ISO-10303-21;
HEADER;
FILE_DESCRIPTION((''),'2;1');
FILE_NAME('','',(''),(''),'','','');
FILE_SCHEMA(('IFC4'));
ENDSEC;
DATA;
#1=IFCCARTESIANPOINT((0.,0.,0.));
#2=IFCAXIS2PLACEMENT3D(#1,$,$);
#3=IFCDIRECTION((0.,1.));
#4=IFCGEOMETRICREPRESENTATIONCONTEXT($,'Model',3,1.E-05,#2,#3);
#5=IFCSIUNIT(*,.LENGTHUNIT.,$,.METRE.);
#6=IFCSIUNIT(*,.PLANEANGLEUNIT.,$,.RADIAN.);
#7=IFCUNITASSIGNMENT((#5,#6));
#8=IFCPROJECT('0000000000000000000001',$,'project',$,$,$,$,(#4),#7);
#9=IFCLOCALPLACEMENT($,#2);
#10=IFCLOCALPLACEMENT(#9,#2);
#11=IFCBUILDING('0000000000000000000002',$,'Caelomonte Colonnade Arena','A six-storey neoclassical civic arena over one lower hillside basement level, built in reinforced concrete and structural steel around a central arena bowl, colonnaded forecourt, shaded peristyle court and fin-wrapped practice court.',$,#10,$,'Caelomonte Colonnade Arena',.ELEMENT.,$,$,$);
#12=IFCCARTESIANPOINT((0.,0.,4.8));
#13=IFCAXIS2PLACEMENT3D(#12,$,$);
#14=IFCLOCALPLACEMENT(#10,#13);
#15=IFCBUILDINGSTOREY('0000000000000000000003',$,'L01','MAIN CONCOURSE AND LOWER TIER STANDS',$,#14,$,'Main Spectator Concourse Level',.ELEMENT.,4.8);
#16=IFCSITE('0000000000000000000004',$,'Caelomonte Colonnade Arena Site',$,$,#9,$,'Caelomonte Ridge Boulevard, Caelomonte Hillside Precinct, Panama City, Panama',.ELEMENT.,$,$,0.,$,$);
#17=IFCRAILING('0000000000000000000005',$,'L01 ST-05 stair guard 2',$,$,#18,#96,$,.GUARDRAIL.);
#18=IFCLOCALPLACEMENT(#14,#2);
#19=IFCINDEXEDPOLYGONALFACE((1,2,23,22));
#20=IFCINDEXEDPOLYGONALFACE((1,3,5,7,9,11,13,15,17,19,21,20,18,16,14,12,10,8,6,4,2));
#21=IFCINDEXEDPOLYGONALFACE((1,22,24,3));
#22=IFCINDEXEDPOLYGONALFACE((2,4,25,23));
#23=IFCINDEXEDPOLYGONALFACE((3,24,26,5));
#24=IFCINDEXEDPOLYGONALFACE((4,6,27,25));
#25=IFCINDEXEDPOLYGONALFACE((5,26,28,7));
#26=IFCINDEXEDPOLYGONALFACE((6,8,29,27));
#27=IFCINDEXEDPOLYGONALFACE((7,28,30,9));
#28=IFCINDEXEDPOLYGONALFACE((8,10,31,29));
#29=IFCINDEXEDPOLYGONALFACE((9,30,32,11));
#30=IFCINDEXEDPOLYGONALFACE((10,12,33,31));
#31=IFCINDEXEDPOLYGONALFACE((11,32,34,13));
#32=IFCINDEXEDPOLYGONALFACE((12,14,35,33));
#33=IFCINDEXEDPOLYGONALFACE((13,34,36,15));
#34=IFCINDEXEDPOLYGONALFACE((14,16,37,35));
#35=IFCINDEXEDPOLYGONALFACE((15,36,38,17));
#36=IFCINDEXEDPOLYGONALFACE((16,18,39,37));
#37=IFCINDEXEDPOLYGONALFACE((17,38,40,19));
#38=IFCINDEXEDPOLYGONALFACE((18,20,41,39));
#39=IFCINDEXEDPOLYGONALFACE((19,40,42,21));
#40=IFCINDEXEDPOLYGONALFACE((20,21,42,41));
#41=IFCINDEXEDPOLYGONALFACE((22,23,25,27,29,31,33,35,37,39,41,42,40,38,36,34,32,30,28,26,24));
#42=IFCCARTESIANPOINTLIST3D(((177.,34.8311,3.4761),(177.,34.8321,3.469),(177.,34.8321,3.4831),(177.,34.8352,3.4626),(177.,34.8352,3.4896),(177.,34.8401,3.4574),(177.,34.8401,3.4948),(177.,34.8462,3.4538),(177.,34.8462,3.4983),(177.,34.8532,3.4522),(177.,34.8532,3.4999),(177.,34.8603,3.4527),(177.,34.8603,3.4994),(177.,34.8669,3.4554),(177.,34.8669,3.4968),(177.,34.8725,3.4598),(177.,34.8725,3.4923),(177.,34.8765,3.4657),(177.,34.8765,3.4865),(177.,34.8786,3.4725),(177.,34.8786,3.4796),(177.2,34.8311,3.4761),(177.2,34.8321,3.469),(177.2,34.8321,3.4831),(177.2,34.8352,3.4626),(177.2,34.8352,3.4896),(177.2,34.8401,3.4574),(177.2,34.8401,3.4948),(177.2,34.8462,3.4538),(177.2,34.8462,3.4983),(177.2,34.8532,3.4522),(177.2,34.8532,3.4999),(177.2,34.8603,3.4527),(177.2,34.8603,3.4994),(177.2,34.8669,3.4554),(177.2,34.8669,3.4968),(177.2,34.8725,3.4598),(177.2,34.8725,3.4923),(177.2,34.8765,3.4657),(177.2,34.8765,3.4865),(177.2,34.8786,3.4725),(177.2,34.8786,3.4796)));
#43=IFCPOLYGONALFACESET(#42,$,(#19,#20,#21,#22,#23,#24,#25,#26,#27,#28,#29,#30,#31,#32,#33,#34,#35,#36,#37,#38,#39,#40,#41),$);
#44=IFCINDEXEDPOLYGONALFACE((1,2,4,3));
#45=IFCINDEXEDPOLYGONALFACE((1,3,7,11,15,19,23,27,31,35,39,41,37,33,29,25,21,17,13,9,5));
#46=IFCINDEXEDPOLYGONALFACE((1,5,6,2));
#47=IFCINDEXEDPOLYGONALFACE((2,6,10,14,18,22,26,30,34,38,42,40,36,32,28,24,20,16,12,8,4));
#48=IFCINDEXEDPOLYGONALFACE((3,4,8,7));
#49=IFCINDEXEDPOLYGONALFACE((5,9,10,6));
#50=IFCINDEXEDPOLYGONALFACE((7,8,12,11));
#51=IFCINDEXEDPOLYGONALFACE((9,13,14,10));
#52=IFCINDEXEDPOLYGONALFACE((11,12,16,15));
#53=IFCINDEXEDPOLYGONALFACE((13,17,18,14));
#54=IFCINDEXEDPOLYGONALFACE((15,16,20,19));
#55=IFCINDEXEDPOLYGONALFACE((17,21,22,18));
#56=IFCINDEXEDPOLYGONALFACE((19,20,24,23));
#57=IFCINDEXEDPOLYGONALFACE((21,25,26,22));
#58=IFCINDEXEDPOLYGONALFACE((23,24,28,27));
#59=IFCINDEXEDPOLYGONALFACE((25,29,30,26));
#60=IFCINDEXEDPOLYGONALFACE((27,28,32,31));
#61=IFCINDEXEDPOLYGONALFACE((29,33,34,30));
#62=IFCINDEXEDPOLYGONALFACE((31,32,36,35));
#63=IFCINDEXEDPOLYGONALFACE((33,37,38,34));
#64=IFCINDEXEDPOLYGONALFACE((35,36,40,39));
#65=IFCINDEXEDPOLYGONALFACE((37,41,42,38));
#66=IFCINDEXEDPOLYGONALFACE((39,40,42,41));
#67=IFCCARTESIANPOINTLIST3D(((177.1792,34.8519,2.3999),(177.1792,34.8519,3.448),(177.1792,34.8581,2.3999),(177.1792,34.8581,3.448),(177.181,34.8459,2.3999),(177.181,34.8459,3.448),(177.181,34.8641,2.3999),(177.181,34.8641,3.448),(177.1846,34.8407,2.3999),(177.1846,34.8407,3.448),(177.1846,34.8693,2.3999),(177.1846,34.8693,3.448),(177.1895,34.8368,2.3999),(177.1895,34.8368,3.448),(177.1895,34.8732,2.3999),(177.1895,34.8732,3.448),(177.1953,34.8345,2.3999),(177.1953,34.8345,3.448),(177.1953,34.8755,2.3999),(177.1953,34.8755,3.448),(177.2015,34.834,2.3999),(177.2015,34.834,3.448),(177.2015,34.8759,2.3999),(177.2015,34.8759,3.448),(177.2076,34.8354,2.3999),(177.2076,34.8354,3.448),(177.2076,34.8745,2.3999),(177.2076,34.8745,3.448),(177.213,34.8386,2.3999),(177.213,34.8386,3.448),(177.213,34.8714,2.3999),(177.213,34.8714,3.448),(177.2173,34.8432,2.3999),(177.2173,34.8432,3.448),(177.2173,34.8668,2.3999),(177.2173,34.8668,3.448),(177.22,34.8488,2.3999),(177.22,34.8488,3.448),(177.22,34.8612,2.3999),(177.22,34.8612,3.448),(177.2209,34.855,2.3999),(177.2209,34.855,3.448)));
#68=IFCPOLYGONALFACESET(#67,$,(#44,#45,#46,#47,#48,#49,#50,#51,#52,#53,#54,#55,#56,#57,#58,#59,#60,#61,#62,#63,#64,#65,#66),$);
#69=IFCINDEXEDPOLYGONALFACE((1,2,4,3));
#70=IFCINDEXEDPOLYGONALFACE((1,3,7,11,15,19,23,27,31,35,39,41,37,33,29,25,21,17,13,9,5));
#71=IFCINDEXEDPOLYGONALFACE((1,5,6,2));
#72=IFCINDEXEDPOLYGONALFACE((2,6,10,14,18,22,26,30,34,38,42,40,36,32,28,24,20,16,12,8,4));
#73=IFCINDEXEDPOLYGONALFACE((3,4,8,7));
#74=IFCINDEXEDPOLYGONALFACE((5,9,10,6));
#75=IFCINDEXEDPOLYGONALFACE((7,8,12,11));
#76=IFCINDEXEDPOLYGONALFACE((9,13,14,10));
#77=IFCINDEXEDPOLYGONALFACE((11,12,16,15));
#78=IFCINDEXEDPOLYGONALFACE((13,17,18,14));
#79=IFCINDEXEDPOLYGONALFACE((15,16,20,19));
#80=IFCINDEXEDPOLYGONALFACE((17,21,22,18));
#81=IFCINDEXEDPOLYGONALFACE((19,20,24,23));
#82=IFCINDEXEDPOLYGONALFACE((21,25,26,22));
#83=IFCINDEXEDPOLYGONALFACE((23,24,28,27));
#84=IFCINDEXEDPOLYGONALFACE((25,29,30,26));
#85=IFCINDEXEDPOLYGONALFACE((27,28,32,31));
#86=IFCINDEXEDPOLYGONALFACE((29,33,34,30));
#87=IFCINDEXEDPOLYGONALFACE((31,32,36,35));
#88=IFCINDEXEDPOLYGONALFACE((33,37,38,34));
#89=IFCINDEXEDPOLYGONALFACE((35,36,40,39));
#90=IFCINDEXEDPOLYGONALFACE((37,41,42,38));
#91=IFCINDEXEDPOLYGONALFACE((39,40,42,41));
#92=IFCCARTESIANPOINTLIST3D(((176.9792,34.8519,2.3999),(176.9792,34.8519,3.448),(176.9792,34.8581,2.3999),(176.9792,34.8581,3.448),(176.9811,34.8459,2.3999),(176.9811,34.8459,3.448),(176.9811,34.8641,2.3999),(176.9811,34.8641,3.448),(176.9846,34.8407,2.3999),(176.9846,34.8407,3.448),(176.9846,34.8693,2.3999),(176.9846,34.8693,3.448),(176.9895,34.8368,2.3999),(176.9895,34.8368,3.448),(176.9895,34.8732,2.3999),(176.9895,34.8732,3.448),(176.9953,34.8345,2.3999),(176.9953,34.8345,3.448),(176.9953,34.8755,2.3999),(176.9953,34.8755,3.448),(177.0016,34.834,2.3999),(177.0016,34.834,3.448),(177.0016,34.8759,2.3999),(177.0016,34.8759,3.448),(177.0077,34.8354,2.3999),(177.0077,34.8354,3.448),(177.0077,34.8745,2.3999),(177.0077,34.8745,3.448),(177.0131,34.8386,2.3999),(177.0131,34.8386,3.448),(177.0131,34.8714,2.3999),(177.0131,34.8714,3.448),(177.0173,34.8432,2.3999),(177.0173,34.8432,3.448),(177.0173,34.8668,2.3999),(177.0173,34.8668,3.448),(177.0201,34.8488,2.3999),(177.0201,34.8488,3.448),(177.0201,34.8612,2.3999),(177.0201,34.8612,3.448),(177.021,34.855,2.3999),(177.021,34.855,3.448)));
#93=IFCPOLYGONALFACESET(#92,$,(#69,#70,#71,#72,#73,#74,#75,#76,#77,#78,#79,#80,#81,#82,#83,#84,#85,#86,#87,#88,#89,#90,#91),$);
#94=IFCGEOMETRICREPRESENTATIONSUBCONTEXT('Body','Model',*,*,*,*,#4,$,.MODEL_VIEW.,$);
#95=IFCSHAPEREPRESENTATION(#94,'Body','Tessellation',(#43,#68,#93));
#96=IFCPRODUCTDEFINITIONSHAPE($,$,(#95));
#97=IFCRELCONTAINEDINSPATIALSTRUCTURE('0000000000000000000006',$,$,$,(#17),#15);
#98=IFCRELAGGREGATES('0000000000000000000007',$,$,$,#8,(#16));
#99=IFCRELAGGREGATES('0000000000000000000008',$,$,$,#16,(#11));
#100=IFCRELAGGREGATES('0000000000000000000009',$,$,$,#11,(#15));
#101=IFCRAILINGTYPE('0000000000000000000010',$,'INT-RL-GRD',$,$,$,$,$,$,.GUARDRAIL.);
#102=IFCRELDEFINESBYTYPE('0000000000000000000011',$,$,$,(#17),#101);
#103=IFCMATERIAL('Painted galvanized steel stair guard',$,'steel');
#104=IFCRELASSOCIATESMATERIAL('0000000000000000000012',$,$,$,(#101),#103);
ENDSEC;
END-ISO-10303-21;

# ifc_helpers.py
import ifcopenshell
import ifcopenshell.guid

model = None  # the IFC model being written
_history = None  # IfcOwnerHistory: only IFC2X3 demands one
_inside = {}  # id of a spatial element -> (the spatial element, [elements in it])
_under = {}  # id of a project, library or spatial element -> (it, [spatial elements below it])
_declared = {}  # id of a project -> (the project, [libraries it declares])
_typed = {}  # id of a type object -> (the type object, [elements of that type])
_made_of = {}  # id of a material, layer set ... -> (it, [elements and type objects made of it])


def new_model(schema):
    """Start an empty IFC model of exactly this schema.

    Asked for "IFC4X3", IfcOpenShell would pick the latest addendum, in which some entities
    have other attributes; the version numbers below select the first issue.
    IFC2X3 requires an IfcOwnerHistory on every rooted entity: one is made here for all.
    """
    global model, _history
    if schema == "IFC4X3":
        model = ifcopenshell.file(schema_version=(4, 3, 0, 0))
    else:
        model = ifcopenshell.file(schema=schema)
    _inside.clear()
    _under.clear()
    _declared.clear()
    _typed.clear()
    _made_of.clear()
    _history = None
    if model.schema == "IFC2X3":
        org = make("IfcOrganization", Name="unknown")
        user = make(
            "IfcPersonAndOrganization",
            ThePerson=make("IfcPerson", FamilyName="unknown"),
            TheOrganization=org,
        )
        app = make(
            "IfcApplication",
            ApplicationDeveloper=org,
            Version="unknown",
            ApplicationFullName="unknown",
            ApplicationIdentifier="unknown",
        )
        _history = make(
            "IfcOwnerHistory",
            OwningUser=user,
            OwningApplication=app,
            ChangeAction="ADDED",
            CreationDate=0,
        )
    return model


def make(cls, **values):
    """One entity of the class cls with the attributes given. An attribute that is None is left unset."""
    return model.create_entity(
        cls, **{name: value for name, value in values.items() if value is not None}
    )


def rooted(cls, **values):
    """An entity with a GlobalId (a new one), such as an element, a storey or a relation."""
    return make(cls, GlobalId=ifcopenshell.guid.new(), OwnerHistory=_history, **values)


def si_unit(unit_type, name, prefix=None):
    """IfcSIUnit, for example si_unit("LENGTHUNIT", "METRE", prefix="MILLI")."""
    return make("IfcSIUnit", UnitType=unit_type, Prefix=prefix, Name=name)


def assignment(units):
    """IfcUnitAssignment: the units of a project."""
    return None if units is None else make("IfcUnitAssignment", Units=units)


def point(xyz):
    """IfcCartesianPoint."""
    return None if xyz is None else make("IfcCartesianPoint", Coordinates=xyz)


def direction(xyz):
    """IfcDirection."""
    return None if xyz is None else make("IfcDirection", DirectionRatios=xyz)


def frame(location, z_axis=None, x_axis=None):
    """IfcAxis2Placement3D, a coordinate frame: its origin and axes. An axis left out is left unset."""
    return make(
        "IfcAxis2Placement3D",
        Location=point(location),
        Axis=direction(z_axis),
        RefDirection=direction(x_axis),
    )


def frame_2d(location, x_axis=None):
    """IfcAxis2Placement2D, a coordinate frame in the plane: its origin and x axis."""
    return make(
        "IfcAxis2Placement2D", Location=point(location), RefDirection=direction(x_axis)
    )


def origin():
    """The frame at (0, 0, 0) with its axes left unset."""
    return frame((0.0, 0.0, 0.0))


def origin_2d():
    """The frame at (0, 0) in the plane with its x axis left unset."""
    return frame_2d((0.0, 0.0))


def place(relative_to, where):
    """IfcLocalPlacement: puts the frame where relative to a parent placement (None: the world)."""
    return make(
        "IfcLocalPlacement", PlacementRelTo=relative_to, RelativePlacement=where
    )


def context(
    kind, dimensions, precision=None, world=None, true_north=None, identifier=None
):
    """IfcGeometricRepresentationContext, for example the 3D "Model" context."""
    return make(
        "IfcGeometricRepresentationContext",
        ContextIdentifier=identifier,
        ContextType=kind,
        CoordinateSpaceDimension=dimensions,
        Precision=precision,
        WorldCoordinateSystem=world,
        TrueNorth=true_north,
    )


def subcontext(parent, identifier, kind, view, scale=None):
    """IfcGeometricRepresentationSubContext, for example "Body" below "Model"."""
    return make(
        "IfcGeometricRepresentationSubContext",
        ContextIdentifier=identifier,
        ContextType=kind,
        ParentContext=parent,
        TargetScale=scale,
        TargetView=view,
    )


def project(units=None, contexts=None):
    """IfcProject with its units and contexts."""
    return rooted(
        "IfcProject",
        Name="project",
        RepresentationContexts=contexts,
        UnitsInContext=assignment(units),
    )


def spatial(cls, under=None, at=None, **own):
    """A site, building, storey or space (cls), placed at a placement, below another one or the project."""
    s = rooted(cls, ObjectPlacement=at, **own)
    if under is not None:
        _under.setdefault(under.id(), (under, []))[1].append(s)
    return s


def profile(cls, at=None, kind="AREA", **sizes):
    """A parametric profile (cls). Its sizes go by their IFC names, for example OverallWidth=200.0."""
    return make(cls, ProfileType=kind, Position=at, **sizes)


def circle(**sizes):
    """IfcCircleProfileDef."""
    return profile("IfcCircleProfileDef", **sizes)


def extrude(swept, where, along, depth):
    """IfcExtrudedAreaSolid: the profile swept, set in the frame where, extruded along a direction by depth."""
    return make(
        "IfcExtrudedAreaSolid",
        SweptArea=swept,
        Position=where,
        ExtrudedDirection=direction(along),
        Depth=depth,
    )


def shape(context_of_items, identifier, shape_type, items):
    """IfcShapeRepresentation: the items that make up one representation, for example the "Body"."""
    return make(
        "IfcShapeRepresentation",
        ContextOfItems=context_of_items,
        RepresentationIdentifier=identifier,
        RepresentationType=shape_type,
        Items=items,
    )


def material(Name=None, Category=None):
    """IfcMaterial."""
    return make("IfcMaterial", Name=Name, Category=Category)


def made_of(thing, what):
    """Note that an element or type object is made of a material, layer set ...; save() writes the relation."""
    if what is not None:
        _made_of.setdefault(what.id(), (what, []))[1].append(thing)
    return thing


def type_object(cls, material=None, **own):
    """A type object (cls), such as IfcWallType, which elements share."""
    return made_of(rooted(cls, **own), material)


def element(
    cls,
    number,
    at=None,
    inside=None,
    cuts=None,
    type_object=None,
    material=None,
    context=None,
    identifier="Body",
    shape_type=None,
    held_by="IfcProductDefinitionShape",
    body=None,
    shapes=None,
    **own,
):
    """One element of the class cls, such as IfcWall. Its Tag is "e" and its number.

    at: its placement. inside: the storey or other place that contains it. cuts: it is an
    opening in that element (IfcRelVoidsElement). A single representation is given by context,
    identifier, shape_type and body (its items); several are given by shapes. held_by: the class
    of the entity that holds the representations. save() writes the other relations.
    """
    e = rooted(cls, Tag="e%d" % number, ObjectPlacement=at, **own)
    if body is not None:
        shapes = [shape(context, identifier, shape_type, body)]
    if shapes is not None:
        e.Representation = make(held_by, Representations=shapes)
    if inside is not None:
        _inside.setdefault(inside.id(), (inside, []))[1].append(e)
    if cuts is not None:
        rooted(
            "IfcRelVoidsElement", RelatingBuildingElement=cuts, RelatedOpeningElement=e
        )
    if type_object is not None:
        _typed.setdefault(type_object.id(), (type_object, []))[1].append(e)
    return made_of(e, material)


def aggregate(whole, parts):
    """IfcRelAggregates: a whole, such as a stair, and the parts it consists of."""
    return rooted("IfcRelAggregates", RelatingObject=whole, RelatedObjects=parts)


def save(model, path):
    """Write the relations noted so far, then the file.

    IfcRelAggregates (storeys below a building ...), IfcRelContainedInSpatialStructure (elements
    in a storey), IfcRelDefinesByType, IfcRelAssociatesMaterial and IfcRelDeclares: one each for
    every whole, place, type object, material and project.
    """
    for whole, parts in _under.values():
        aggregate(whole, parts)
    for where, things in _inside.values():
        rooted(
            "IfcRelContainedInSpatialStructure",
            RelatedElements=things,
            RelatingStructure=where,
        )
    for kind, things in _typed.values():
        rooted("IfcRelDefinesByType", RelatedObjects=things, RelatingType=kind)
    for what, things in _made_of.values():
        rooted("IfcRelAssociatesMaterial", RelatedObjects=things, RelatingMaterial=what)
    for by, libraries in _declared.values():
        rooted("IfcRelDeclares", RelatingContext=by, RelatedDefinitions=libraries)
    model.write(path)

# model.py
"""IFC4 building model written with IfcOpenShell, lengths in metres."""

from ifc_helpers import new_model, si_unit, direction, frame, origin, origin_2d, place, context, subcontext, project, spatial, circle, extrude, material, type_object, element, save


model = new_model("IFC4")

# Units and contexts
model_context = context("Model", 3, precision=1e-05, world=origin(), true_north=direction((0.0, 1.0)))
body_context = subcontext(model_context, "Body", "Model", "MODEL_VIEW")
ifc_project = project(units=[si_unit("LENGTHUNIT", "METRE"), si_unit("PLANEANGLEUNIT", "RADIAN")], contexts=[model_context])

# Site, building, storey
site_placement = place(None, origin())
site = spatial("IfcSite", under=ifc_project, at=site_placement, Name="Caelomonte Colonnade Arena Site", LongName="Caelomonte Ridge Boulevard, Caelomonte Hillside Precinct, Panama City, Panama", CompositionType="ELEMENT", RefElevation=0.0)
building_placement = place(site_placement, origin())
building = spatial("IfcBuilding", under=site, at=building_placement, Name="Caelomonte Colonnade Arena", Description="A six-storey neoclassical civic arena over one lower hillside basement level, built in reinforced concrete and structural steel around a central arena bowl, colonnaded forecourt, shaded peristyle court and fin-wrapped practice court.", LongName="Caelomonte Colonnade Arena", CompositionType="ELEMENT")
storey_placement = place(building_placement, frame((0.0, 0.0, 4.8)))
storey = spatial("IfcBuildingStorey", under=building, at=storey_placement, Name="L01", Description="MAIN CONCOURSE AND LOWER TIER STANDS", LongName="Main Spectator Concourse Level", CompositionType="ELEMENT", Elevation=4.8)

# Railing
ifc_material_1 = material(Name="Painted galvanized steel stair guard", Category="steel")
railing_type_1 = type_object("IfcRailingType", Name="INT-RL-GRD", PredefinedType="GUARDRAIL", material=ifc_material_1)
railing_1_placement = place(storey_placement, frame((177.2, 34.855, 2.3999)))
element("IfcRailing", 1, at=railing_1_placement, inside=storey, type_object=railing_type_1, Name="L01 ST-05 stair guard 2", PredefinedType="GUARDRAIL", context=body_context, shape_type="SweptSolid", body=[
    extrude(circle(Radius=0.0239, at=origin_2d()), frame((0.0, 0.0, 1.0762), z_axis=(-1.0, 0.0, 0.0), x_axis=(0.0, -1.0, 0.0)), (0.0, 0.0, 1.0), 0.2),
    extrude(circle(Radius=0.021, at=origin_2d()), origin(), (0.0, 0.0, 1.0), 1.0481),
    extrude(circle(Radius=0.021, at=origin_2d()), frame((-0.2, 0.0, 0.0)), (0.0, 0.0, 1.0), 1.0481),
])

save(model, "model.ifc")
